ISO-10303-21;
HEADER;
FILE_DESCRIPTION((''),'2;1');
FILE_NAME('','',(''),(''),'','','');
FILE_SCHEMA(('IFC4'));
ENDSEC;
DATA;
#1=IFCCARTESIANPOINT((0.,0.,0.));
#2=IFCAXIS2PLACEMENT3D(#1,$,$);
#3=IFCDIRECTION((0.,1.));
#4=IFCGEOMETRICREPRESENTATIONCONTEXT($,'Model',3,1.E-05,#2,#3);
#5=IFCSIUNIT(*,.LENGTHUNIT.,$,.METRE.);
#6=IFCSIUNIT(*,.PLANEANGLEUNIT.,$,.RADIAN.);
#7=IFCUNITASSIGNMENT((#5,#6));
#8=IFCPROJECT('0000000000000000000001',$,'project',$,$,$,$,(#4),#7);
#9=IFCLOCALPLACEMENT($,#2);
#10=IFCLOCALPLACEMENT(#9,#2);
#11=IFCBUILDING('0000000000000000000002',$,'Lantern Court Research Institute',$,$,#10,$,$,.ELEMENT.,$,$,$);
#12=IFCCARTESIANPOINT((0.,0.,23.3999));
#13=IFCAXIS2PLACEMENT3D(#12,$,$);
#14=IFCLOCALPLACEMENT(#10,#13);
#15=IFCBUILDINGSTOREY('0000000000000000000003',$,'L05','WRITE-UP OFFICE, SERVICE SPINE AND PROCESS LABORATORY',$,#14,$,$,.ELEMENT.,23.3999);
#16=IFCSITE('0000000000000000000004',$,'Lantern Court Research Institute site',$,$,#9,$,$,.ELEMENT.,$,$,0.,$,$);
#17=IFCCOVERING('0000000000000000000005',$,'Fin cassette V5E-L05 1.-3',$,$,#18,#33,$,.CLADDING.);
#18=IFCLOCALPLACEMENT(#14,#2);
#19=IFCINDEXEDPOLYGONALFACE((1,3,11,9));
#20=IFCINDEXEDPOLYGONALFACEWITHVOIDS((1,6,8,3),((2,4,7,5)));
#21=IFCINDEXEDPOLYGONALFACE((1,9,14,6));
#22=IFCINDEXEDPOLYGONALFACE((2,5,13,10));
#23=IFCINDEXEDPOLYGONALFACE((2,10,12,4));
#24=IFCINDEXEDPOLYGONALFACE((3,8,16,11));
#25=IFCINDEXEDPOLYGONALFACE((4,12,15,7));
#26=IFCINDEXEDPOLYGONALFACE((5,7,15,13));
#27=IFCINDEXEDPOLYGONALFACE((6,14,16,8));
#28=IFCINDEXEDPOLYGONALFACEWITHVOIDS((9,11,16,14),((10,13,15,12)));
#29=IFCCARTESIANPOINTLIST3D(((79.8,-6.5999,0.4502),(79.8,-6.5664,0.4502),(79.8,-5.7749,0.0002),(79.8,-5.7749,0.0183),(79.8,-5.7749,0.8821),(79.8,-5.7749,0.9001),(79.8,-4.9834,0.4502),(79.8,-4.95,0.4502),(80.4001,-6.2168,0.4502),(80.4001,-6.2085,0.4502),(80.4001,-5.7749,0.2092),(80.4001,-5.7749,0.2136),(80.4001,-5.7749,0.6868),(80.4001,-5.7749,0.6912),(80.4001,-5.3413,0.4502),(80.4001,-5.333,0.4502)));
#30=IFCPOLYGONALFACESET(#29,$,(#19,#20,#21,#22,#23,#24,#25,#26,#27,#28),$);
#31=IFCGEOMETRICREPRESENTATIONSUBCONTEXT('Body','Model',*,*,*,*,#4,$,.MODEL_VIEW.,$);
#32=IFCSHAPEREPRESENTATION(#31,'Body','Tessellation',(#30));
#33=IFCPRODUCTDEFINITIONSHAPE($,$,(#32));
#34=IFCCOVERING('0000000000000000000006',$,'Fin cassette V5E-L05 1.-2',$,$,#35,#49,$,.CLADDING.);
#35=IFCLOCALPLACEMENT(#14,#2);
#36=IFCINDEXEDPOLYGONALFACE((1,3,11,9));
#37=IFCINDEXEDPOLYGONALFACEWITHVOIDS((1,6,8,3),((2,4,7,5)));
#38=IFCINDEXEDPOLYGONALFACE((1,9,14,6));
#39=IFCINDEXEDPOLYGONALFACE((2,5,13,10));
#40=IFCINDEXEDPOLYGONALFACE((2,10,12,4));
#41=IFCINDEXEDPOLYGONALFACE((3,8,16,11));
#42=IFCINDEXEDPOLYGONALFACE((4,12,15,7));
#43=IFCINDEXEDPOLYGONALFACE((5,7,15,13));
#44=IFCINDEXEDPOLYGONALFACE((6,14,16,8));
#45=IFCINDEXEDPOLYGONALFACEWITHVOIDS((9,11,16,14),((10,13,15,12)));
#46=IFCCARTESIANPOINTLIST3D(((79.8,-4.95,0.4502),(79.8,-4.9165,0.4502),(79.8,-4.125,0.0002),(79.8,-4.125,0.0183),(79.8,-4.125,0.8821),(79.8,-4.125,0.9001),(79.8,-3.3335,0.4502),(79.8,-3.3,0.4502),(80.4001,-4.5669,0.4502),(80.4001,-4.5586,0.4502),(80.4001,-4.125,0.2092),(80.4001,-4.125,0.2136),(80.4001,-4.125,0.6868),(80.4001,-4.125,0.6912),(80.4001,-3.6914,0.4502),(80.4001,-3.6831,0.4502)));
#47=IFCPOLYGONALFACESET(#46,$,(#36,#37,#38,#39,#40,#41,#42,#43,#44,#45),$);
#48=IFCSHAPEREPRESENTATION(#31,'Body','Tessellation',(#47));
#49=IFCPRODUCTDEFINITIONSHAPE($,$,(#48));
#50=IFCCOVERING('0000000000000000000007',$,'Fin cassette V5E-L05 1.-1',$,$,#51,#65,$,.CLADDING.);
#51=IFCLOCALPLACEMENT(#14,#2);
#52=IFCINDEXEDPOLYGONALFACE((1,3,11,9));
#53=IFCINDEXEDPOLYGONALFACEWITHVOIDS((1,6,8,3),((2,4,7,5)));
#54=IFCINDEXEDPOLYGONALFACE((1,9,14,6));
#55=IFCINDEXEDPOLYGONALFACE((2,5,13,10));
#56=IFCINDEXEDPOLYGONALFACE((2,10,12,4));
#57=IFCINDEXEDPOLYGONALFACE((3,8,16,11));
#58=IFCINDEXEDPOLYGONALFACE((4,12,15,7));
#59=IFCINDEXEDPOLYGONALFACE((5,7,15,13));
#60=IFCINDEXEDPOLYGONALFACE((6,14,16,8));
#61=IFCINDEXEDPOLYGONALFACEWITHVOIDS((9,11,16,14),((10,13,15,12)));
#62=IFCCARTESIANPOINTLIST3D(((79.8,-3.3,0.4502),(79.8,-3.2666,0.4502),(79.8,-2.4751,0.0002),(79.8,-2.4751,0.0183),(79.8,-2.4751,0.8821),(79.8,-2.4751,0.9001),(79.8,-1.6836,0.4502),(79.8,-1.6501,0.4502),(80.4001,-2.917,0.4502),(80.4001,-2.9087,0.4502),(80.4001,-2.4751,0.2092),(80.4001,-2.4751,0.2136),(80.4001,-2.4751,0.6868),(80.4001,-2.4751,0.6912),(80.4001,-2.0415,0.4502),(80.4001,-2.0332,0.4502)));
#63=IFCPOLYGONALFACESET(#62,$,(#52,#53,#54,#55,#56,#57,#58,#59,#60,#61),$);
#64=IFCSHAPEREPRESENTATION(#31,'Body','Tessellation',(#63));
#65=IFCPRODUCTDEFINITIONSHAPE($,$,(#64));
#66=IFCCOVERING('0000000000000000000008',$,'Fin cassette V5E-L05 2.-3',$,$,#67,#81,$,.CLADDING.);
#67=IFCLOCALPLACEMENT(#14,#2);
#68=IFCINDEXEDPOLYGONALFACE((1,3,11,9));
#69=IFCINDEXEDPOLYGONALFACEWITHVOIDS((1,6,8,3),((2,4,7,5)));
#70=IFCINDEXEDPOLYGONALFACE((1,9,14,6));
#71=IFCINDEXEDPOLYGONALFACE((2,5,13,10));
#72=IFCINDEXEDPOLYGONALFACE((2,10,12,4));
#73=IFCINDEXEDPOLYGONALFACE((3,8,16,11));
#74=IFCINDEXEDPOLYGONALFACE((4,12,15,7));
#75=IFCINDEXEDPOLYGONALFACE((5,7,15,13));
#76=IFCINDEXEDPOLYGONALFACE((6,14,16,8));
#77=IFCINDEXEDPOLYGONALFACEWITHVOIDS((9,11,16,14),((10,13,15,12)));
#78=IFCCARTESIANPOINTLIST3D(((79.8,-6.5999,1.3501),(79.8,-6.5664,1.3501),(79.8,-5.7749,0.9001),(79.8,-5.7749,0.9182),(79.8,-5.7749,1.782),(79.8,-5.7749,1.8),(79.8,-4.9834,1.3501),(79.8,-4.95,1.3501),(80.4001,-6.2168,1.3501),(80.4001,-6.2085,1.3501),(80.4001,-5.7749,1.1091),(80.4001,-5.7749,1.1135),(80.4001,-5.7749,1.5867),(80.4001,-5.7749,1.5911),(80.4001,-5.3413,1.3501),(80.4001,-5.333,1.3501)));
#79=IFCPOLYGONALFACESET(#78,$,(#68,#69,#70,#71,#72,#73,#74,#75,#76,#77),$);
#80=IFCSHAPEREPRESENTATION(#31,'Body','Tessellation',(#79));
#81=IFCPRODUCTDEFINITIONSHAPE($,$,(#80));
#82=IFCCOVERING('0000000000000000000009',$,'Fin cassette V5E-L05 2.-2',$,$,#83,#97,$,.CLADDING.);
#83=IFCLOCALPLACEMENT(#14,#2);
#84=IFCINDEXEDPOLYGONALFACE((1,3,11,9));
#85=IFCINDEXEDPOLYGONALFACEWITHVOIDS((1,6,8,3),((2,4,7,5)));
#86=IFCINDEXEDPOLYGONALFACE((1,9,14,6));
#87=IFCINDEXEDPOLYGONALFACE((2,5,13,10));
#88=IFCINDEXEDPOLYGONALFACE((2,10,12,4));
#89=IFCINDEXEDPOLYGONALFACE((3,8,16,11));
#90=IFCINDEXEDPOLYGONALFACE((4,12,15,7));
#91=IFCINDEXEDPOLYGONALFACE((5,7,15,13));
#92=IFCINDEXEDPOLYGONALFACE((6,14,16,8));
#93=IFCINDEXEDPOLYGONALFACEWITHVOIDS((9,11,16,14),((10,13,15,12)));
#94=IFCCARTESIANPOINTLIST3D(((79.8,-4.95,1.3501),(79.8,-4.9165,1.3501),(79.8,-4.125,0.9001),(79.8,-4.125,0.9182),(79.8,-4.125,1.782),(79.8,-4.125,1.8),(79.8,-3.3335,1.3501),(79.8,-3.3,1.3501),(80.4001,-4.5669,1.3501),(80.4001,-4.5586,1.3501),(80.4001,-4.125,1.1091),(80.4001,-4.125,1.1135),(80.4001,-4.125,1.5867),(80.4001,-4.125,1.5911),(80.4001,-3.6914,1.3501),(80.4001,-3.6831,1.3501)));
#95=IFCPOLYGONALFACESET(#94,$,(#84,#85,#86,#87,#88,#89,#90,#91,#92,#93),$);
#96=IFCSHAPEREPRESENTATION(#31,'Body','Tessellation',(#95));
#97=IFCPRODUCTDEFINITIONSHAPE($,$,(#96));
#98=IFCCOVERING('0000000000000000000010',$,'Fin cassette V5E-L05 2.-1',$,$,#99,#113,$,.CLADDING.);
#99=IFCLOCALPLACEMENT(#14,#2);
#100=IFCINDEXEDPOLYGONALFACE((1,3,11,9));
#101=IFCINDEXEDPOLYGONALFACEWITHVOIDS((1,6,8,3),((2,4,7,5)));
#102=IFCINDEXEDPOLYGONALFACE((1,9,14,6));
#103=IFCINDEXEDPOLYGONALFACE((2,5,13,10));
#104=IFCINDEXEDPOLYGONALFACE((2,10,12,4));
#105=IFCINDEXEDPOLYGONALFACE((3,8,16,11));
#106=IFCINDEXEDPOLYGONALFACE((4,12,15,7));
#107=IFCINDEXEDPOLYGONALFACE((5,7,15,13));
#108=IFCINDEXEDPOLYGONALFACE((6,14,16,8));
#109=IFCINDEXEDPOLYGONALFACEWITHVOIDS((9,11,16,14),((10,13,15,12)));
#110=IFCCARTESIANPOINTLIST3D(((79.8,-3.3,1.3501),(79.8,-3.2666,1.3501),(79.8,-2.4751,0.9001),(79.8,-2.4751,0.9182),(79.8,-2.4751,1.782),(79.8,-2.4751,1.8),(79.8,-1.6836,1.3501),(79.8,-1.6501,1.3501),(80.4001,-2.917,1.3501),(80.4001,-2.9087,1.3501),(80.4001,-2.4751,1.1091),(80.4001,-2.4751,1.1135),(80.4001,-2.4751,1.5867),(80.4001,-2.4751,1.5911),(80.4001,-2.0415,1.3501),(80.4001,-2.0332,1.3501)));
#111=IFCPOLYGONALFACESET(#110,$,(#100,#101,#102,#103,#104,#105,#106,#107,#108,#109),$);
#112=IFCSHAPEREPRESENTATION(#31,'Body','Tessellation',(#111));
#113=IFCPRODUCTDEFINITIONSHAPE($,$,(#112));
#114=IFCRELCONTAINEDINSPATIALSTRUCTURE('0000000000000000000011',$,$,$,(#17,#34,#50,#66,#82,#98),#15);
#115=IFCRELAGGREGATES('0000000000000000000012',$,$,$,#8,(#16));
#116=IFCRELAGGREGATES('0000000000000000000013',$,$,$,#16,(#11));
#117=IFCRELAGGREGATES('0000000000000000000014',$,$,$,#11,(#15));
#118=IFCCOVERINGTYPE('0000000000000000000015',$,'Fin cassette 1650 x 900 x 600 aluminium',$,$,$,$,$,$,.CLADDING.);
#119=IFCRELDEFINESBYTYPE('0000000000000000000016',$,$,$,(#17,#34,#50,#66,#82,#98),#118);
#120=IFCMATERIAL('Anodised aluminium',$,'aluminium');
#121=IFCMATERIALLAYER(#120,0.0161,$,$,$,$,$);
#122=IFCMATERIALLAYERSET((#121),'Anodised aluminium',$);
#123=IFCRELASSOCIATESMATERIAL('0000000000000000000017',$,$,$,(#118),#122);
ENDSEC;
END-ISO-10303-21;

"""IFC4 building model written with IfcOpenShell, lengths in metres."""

from ifc_helpers import new_model, entity, si_unit, direction, frame, origin, place, context, subcontext, project, spatial, material, layer, layer_set, type_object, element, save


model = new_model("IFC4")

# Units and contexts
model_context = context("Model", 3, precision=1e-05, world=origin(), true_north=direction((0.0, 1.0)))
body_context = subcontext(model_context, "Body", "Model", "MODEL_VIEW")
ifc_project = project(units=[si_unit("LENGTHUNIT", "METRE"), si_unit("PLANEANGLEUNIT", "RADIAN")], contexts=[model_context])

# Site, building, storey
site_placement = place(None, origin())
site = spatial("IfcSite", under=ifc_project, at=site_placement, Name="Lantern Court Research Institute site", CompositionType="ELEMENT", RefElevation=0.0)
building_placement = place(site_placement, origin())
building = spatial("IfcBuilding", under=site, at=building_placement, Name="Lantern Court Research Institute", CompositionType="ELEMENT")
storey_placement = place(building_placement, frame((0.0, 0.0, 23.3999)))
storey = spatial("IfcBuildingStorey", under=building, at=storey_placement, Name="L05", Description="WRITE-UP OFFICE, SERVICE SPINE AND PROCESS LABORATORY", CompositionType="ELEMENT", Elevation=23.3999)

# Coverings
ifc_material_1 = material(Name="Anodised aluminium", Category="aluminium")
ifc_layer_1 = layer(ifc_material_1, 0.0161)
ifc_layer_set_1 = layer_set([ifc_layer_1], Name="Anodised aluminium")
covering_type = type_object("IfcCoveringType", Name="Fin cassette 1650 x 900 x 600 aluminium", PredefinedType="CLADDING", material=ifc_layer_set_1)
covering_1_placement = place(storey_placement, frame((79.8, -5.7749, 0.4502), z_axis=(1.0, 0.0, 0.0), x_axis=(0.0, 1.0, 0.0)))
cartesian_point_1 = entity("IfcCartesianPoint", [0.825, 0.0])
cartesian_point_2 = entity("IfcCartesianPoint", [0.7915, 0.0])
cartesian_point_3 = entity("IfcCartesianPoint", [0.4419, 0.0])
cartesian_point_4 = entity("IfcCartesianPoint", [0.4336, 0.0])
element("IfcCovering", 1, at=covering_1_placement, inside=storey, type_object=covering_type, Name="Fin cassette V5E-L05 1.-3", PredefinedType="CLADDING", context=body_context, shape_type="SweptSolid", body=[
    entity("IfcExtrudedAreaSolidTapered", entity("IfcArbitraryProfileDefWithVoids", "AREA", None, entity("IfcPolyline", [cartesian_point_1, entity("IfcCartesianPoint", [0.0, 0.45]), entity("IfcCartesianPoint", [-0.825, 0.0]), entity("IfcCartesianPoint", [0.0, -0.45]), cartesian_point_1]), [entity("IfcPolyline", [cartesian_point_2, entity("IfcCartesianPoint", [0.0, 0.4319]), entity("IfcCartesianPoint", [-0.7915, 0.0]), entity("IfcCartesianPoint", [0.0, -0.4319]), cartesian_point_2])]), entity("IfcAxis2Placement3D", entity("IfcCartesianPoint", [0.0, 0.0, 0.0])), entity("IfcDirection", [0.0, 0.0, 1.0]), 0.6001, entity("IfcArbitraryProfileDefWithVoids", "AREA", None, entity("IfcPolyline", [cartesian_point_3, entity("IfcCartesianPoint", [0.0, 0.241]), entity("IfcCartesianPoint", [-0.4419, 0.0]), entity("IfcCartesianPoint", [0.0, -0.241]), cartesian_point_3]), [entity("IfcPolyline", [cartesian_point_4, entity("IfcCartesianPoint", [0.0, 0.2366]), entity("IfcCartesianPoint", [-0.4336, 0.0]), entity("IfcCartesianPoint", [0.0, -0.2366]), cartesian_point_4])])),
])
covering_2_placement = place(storey_placement, frame((79.8, -4.125, 0.4502), z_axis=(1.0, 0.0, 0.0), x_axis=(0.0, 1.0, 0.0)))
cartesian_point_5 = entity("IfcCartesianPoint", [0.825, 0.0])
cartesian_point_6 = entity("IfcCartesianPoint", [0.7915, 0.0])
cartesian_point_7 = entity("IfcCartesianPoint", [0.4419, 0.0])
cartesian_point_8 = entity("IfcCartesianPoint", [0.4336, 0.0])
element("IfcCovering", 2, at=covering_2_placement, inside=storey, type_object=covering_type, Name="Fin cassette V5E-L05 1.-2", PredefinedType="CLADDING", context=body_context, shape_type="SweptSolid", body=[
    entity("IfcExtrudedAreaSolidTapered", entity("IfcArbitraryProfileDefWithVoids", "AREA", None, entity("IfcPolyline", [cartesian_point_5, entity("IfcCartesianPoint", [0.0, 0.45]), entity("IfcCartesianPoint", [-0.825, 0.0]), entity("IfcCartesianPoint", [0.0, -0.45]), cartesian_point_5]), [entity("IfcPolyline", [cartesian_point_6, entity("IfcCartesianPoint", [0.0, 0.4319]), entity("IfcCartesianPoint", [-0.7915, 0.0]), entity("IfcCartesianPoint", [0.0, -0.4319]), cartesian_point_6])]), entity("IfcAxis2Placement3D", entity("IfcCartesianPoint", [0.0, 0.0, 0.0])), entity("IfcDirection", [0.0, 0.0, 1.0]), 0.6001, entity("IfcArbitraryProfileDefWithVoids", "AREA", None, entity("IfcPolyline", [cartesian_point_7, entity("IfcCartesianPoint", [0.0, 0.241]), entity("IfcCartesianPoint", [-0.4419, 0.0]), entity("IfcCartesianPoint", [0.0, -0.241]), cartesian_point_7]), [entity("IfcPolyline", [cartesian_point_8, entity("IfcCartesianPoint", [0.0, 0.2366]), entity("IfcCartesianPoint", [-0.4336, 0.0]), entity("IfcCartesianPoint", [0.0, -0.2366]), cartesian_point_8])])),
])
covering_3_placement = place(storey_placement, frame((79.8, -2.4751, 0.4502), z_axis=(1.0, 0.0, 0.0), x_axis=(0.0, 1.0, 0.0)))
cartesian_point_9 = entity("IfcCartesianPoint", [0.825, 0.0])
cartesian_point_10 = entity("IfcCartesianPoint", [0.7915, 0.0])
cartesian_point_11 = entity("IfcCartesianPoint", [0.4419, 0.0])
cartesian_point_12 = entity("IfcCartesianPoint", [0.4336, 0.0])
element("IfcCovering", 3, at=covering_3_placement, inside=storey, type_object=covering_type, Name="Fin cassette V5E-L05 1.-1", PredefinedType="CLADDING", context=body_context, shape_type="SweptSolid", body=[
    entity("IfcExtrudedAreaSolidTapered", entity("IfcArbitraryProfileDefWithVoids", "AREA", None, entity("IfcPolyline", [cartesian_point_9, entity("IfcCartesianPoint", [0.0, 0.45]), entity("IfcCartesianPoint", [-0.825, 0.0]), entity("IfcCartesianPoint", [0.0, -0.45]), cartesian_point_9]), [entity("IfcPolyline", [cartesian_point_10, entity("IfcCartesianPoint", [0.0, 0.4319]), entity("IfcCartesianPoint", [-0.7915, 0.0]), entity("IfcCartesianPoint", [0.0, -0.4319]), cartesian_point_10])]), entity("IfcAxis2Placement3D", entity("IfcCartesianPoint", [0.0, 0.0, 0.0])), entity("IfcDirection", [0.0, 0.0, 1.0]), 0.6001, entity("IfcArbitraryProfileDefWithVoids", "AREA", None, entity("IfcPolyline", [cartesian_point_11, entity("IfcCartesianPoint", [0.0, 0.241]), entity("IfcCartesianPoint", [-0.4419, 0.0]), entity("IfcCartesianPoint", [0.0, -0.241]), cartesian_point_11]), [entity("IfcPolyline", [cartesian_point_12, entity("IfcCartesianPoint", [0.0, 0.2366]), entity("IfcCartesianPoint", [-0.4336, 0.0]), entity("IfcCartesianPoint", [0.0, -0.2366]), cartesian_point_12])])),
])
covering_4_placement = place(storey_placement, frame((79.8, -5.7749, 1.3501), z_axis=(1.0, 0.0, 0.0), x_axis=(0.0, 1.0, 0.0)))
cartesian_point_13 = entity("IfcCartesianPoint", [0.825, 0.0])
cartesian_point_14 = entity("IfcCartesianPoint", [0.7915, 0.0])
cartesian_point_15 = entity("IfcCartesianPoint", [0.4419, 0.0])
cartesian_point_16 = entity("IfcCartesianPoint", [0.4336, 0.0])
element("IfcCovering", 4, at=covering_4_placement, inside=storey, type_object=covering_type, Name="Fin cassette V5E-L05 2.-3", PredefinedType="CLADDING", context=body_context, shape_type="SweptSolid", body=[
    entity("IfcExtrudedAreaSolidTapered", entity("IfcArbitraryProfileDefWithVoids", "AREA", None, entity("IfcPolyline", [cartesian_point_13, entity("IfcCartesianPoint", [0.0, 0.45]), entity("IfcCartesianPoint", [-0.825, 0.0]), entity("IfcCartesianPoint", [0.0, -0.45]), cartesian_point_13]), [entity("IfcPolyline", [cartesian_point_14, entity("IfcCartesianPoint", [0.0, 0.4319]), entity("IfcCartesianPoint", [-0.7915, 0.0]), entity("IfcCartesianPoint", [0.0, -0.4319]), cartesian_point_14])]), entity("IfcAxis2Placement3D", entity("IfcCartesianPoint", [0.0, 0.0, 0.0])), entity("IfcDirection", [0.0, 0.0, 1.0]), 0.6001, entity("IfcArbitraryProfileDefWithVoids", "AREA", None, entity("IfcPolyline", [cartesian_point_15, entity("IfcCartesianPoint", [0.0, 0.241]), entity("IfcCartesianPoint", [-0.4419, 0.0]), entity("IfcCartesianPoint", [0.0, -0.241]), cartesian_point_15]), [entity("IfcPolyline", [cartesian_point_16, entity("IfcCartesianPoint", [0.0, 0.2366]), entity("IfcCartesianPoint", [-0.4336, 0.0]), entity("IfcCartesianPoint", [0.0, -0.2366]), cartesian_point_16])])),
])
covering_5_placement = place(storey_placement, frame((79.8, -4.125, 1.3501), z_axis=(1.0, 0.0, 0.0), x_axis=(0.0, 1.0, 0.0)))
cartesian_point_17 = entity("IfcCartesianPoint", [0.825, 0.0])
cartesian_point_18 = entity("IfcCartesianPoint", [0.7915, 0.0])
cartesian_point_19 = entity("IfcCartesianPoint", [0.4419, 0.0])
cartesian_point_20 = entity("IfcCartesianPoint", [0.4336, 0.0])
element("IfcCovering", 5, at=covering_5_placement, inside=storey, type_object=covering_type, Name="Fin cassette V5E-L05 2.-2", PredefinedType="CLADDING", context=body_context, shape_type="SweptSolid", body=[
    entity("IfcExtrudedAreaSolidTapered", entity("IfcArbitraryProfileDefWithVoids", "AREA", None, entity("IfcPolyline", [cartesian_point_17, entity("IfcCartesianPoint", [0.0, 0.45]), entity("IfcCartesianPoint", [-0.825, 0.0]), entity("IfcCartesianPoint", [0.0, -0.45]), cartesian_point_17]), [entity("IfcPolyline", [cartesian_point_18, entity("IfcCartesianPoint", [0.0, 0.4319]), entity("IfcCartesianPoint", [-0.7915, 0.0]), entity("IfcCartesianPoint", [0.0, -0.4319]), cartesian_point_18])]), entity("IfcAxis2Placement3D", entity("IfcCartesianPoint", [0.0, 0.0, 0.0])), entity("IfcDirection", [0.0, 0.0, 1.0]), 0.6001, entity("IfcArbitraryProfileDefWithVoids", "AREA", None, entity("IfcPolyline", [cartesian_point_19, entity("IfcCartesianPoint", [0.0, 0.241]), entity("IfcCartesianPoint", [-0.4419, 0.0]), entity("IfcCartesianPoint", [0.0, -0.241]), cartesian_point_19]), [entity("IfcPolyline", [cartesian_point_20, entity("IfcCartesianPoint", [0.0, 0.2366]), entity("IfcCartesianPoint", [-0.4336, 0.0]), entity("IfcCartesianPoint", [0.0, -0.2366]), cartesian_point_20])])),
])
covering_6_placement = place(storey_placement, frame((79.8, -2.4751, 1.3501), z_axis=(1.0, 0.0, 0.0), x_axis=(0.0, 1.0, 0.0)))
cartesian_point_21 = entity("IfcCartesianPoint", [0.825, 0.0])
cartesian_point_22 = entity("IfcCartesianPoint", [0.7915, 0.0])
cartesian_point_23 = entity("IfcCartesianPoint", [0.4419, 0.0])
cartesian_point_24 = entity("IfcCartesianPoint", [0.4336, 0.0])
element("IfcCovering", 6, at=covering_6_placement, inside=storey, type_object=covering_type, Name="Fin cassette V5E-L05 2.-1", PredefinedType="CLADDING", context=body_context, shape_type="SweptSolid", body=[
    entity("IfcExtrudedAreaSolidTapered", entity("IfcArbitraryProfileDefWithVoids", "AREA", None, entity("IfcPolyline", [cartesian_point_21, entity("IfcCartesianPoint", [0.0, 0.45]), entity("IfcCartesianPoint", [-0.825, 0.0]), entity("IfcCartesianPoint", [0.0, -0.45]), cartesian_point_21]), [entity("IfcPolyline", [cartesian_point_22, entity("IfcCartesianPoint", [0.0, 0.4319]), entity("IfcCartesianPoint", [-0.7915, 0.0]), entity("IfcCartesianPoint", [0.0, -0.4319]), cartesian_point_22])]), entity("IfcAxis2Placement3D", entity("IfcCartesianPoint", [0.0, 0.0, 0.0])), entity("IfcDirection", [0.0, 0.0, 1.0]), 0.6001, entity("IfcArbitraryProfileDefWithVoids", "AREA", None, entity("IfcPolyline", [cartesian_point_23, entity("IfcCartesianPoint", [0.0, 0.241]), entity("IfcCartesianPoint", [-0.4419, 0.0]), entity("IfcCartesianPoint", [0.0, -0.241]), cartesian_point_23]), [entity("IfcPolyline", [cartesian_point_24, entity("IfcCartesianPoint", [0.0, 0.2366]), entity("IfcCartesianPoint", [-0.4336, 0.0]), entity("IfcCartesianPoint", [0.0, -0.2366]), cartesian_point_24])])),
])

save(model, "model.ifc")
